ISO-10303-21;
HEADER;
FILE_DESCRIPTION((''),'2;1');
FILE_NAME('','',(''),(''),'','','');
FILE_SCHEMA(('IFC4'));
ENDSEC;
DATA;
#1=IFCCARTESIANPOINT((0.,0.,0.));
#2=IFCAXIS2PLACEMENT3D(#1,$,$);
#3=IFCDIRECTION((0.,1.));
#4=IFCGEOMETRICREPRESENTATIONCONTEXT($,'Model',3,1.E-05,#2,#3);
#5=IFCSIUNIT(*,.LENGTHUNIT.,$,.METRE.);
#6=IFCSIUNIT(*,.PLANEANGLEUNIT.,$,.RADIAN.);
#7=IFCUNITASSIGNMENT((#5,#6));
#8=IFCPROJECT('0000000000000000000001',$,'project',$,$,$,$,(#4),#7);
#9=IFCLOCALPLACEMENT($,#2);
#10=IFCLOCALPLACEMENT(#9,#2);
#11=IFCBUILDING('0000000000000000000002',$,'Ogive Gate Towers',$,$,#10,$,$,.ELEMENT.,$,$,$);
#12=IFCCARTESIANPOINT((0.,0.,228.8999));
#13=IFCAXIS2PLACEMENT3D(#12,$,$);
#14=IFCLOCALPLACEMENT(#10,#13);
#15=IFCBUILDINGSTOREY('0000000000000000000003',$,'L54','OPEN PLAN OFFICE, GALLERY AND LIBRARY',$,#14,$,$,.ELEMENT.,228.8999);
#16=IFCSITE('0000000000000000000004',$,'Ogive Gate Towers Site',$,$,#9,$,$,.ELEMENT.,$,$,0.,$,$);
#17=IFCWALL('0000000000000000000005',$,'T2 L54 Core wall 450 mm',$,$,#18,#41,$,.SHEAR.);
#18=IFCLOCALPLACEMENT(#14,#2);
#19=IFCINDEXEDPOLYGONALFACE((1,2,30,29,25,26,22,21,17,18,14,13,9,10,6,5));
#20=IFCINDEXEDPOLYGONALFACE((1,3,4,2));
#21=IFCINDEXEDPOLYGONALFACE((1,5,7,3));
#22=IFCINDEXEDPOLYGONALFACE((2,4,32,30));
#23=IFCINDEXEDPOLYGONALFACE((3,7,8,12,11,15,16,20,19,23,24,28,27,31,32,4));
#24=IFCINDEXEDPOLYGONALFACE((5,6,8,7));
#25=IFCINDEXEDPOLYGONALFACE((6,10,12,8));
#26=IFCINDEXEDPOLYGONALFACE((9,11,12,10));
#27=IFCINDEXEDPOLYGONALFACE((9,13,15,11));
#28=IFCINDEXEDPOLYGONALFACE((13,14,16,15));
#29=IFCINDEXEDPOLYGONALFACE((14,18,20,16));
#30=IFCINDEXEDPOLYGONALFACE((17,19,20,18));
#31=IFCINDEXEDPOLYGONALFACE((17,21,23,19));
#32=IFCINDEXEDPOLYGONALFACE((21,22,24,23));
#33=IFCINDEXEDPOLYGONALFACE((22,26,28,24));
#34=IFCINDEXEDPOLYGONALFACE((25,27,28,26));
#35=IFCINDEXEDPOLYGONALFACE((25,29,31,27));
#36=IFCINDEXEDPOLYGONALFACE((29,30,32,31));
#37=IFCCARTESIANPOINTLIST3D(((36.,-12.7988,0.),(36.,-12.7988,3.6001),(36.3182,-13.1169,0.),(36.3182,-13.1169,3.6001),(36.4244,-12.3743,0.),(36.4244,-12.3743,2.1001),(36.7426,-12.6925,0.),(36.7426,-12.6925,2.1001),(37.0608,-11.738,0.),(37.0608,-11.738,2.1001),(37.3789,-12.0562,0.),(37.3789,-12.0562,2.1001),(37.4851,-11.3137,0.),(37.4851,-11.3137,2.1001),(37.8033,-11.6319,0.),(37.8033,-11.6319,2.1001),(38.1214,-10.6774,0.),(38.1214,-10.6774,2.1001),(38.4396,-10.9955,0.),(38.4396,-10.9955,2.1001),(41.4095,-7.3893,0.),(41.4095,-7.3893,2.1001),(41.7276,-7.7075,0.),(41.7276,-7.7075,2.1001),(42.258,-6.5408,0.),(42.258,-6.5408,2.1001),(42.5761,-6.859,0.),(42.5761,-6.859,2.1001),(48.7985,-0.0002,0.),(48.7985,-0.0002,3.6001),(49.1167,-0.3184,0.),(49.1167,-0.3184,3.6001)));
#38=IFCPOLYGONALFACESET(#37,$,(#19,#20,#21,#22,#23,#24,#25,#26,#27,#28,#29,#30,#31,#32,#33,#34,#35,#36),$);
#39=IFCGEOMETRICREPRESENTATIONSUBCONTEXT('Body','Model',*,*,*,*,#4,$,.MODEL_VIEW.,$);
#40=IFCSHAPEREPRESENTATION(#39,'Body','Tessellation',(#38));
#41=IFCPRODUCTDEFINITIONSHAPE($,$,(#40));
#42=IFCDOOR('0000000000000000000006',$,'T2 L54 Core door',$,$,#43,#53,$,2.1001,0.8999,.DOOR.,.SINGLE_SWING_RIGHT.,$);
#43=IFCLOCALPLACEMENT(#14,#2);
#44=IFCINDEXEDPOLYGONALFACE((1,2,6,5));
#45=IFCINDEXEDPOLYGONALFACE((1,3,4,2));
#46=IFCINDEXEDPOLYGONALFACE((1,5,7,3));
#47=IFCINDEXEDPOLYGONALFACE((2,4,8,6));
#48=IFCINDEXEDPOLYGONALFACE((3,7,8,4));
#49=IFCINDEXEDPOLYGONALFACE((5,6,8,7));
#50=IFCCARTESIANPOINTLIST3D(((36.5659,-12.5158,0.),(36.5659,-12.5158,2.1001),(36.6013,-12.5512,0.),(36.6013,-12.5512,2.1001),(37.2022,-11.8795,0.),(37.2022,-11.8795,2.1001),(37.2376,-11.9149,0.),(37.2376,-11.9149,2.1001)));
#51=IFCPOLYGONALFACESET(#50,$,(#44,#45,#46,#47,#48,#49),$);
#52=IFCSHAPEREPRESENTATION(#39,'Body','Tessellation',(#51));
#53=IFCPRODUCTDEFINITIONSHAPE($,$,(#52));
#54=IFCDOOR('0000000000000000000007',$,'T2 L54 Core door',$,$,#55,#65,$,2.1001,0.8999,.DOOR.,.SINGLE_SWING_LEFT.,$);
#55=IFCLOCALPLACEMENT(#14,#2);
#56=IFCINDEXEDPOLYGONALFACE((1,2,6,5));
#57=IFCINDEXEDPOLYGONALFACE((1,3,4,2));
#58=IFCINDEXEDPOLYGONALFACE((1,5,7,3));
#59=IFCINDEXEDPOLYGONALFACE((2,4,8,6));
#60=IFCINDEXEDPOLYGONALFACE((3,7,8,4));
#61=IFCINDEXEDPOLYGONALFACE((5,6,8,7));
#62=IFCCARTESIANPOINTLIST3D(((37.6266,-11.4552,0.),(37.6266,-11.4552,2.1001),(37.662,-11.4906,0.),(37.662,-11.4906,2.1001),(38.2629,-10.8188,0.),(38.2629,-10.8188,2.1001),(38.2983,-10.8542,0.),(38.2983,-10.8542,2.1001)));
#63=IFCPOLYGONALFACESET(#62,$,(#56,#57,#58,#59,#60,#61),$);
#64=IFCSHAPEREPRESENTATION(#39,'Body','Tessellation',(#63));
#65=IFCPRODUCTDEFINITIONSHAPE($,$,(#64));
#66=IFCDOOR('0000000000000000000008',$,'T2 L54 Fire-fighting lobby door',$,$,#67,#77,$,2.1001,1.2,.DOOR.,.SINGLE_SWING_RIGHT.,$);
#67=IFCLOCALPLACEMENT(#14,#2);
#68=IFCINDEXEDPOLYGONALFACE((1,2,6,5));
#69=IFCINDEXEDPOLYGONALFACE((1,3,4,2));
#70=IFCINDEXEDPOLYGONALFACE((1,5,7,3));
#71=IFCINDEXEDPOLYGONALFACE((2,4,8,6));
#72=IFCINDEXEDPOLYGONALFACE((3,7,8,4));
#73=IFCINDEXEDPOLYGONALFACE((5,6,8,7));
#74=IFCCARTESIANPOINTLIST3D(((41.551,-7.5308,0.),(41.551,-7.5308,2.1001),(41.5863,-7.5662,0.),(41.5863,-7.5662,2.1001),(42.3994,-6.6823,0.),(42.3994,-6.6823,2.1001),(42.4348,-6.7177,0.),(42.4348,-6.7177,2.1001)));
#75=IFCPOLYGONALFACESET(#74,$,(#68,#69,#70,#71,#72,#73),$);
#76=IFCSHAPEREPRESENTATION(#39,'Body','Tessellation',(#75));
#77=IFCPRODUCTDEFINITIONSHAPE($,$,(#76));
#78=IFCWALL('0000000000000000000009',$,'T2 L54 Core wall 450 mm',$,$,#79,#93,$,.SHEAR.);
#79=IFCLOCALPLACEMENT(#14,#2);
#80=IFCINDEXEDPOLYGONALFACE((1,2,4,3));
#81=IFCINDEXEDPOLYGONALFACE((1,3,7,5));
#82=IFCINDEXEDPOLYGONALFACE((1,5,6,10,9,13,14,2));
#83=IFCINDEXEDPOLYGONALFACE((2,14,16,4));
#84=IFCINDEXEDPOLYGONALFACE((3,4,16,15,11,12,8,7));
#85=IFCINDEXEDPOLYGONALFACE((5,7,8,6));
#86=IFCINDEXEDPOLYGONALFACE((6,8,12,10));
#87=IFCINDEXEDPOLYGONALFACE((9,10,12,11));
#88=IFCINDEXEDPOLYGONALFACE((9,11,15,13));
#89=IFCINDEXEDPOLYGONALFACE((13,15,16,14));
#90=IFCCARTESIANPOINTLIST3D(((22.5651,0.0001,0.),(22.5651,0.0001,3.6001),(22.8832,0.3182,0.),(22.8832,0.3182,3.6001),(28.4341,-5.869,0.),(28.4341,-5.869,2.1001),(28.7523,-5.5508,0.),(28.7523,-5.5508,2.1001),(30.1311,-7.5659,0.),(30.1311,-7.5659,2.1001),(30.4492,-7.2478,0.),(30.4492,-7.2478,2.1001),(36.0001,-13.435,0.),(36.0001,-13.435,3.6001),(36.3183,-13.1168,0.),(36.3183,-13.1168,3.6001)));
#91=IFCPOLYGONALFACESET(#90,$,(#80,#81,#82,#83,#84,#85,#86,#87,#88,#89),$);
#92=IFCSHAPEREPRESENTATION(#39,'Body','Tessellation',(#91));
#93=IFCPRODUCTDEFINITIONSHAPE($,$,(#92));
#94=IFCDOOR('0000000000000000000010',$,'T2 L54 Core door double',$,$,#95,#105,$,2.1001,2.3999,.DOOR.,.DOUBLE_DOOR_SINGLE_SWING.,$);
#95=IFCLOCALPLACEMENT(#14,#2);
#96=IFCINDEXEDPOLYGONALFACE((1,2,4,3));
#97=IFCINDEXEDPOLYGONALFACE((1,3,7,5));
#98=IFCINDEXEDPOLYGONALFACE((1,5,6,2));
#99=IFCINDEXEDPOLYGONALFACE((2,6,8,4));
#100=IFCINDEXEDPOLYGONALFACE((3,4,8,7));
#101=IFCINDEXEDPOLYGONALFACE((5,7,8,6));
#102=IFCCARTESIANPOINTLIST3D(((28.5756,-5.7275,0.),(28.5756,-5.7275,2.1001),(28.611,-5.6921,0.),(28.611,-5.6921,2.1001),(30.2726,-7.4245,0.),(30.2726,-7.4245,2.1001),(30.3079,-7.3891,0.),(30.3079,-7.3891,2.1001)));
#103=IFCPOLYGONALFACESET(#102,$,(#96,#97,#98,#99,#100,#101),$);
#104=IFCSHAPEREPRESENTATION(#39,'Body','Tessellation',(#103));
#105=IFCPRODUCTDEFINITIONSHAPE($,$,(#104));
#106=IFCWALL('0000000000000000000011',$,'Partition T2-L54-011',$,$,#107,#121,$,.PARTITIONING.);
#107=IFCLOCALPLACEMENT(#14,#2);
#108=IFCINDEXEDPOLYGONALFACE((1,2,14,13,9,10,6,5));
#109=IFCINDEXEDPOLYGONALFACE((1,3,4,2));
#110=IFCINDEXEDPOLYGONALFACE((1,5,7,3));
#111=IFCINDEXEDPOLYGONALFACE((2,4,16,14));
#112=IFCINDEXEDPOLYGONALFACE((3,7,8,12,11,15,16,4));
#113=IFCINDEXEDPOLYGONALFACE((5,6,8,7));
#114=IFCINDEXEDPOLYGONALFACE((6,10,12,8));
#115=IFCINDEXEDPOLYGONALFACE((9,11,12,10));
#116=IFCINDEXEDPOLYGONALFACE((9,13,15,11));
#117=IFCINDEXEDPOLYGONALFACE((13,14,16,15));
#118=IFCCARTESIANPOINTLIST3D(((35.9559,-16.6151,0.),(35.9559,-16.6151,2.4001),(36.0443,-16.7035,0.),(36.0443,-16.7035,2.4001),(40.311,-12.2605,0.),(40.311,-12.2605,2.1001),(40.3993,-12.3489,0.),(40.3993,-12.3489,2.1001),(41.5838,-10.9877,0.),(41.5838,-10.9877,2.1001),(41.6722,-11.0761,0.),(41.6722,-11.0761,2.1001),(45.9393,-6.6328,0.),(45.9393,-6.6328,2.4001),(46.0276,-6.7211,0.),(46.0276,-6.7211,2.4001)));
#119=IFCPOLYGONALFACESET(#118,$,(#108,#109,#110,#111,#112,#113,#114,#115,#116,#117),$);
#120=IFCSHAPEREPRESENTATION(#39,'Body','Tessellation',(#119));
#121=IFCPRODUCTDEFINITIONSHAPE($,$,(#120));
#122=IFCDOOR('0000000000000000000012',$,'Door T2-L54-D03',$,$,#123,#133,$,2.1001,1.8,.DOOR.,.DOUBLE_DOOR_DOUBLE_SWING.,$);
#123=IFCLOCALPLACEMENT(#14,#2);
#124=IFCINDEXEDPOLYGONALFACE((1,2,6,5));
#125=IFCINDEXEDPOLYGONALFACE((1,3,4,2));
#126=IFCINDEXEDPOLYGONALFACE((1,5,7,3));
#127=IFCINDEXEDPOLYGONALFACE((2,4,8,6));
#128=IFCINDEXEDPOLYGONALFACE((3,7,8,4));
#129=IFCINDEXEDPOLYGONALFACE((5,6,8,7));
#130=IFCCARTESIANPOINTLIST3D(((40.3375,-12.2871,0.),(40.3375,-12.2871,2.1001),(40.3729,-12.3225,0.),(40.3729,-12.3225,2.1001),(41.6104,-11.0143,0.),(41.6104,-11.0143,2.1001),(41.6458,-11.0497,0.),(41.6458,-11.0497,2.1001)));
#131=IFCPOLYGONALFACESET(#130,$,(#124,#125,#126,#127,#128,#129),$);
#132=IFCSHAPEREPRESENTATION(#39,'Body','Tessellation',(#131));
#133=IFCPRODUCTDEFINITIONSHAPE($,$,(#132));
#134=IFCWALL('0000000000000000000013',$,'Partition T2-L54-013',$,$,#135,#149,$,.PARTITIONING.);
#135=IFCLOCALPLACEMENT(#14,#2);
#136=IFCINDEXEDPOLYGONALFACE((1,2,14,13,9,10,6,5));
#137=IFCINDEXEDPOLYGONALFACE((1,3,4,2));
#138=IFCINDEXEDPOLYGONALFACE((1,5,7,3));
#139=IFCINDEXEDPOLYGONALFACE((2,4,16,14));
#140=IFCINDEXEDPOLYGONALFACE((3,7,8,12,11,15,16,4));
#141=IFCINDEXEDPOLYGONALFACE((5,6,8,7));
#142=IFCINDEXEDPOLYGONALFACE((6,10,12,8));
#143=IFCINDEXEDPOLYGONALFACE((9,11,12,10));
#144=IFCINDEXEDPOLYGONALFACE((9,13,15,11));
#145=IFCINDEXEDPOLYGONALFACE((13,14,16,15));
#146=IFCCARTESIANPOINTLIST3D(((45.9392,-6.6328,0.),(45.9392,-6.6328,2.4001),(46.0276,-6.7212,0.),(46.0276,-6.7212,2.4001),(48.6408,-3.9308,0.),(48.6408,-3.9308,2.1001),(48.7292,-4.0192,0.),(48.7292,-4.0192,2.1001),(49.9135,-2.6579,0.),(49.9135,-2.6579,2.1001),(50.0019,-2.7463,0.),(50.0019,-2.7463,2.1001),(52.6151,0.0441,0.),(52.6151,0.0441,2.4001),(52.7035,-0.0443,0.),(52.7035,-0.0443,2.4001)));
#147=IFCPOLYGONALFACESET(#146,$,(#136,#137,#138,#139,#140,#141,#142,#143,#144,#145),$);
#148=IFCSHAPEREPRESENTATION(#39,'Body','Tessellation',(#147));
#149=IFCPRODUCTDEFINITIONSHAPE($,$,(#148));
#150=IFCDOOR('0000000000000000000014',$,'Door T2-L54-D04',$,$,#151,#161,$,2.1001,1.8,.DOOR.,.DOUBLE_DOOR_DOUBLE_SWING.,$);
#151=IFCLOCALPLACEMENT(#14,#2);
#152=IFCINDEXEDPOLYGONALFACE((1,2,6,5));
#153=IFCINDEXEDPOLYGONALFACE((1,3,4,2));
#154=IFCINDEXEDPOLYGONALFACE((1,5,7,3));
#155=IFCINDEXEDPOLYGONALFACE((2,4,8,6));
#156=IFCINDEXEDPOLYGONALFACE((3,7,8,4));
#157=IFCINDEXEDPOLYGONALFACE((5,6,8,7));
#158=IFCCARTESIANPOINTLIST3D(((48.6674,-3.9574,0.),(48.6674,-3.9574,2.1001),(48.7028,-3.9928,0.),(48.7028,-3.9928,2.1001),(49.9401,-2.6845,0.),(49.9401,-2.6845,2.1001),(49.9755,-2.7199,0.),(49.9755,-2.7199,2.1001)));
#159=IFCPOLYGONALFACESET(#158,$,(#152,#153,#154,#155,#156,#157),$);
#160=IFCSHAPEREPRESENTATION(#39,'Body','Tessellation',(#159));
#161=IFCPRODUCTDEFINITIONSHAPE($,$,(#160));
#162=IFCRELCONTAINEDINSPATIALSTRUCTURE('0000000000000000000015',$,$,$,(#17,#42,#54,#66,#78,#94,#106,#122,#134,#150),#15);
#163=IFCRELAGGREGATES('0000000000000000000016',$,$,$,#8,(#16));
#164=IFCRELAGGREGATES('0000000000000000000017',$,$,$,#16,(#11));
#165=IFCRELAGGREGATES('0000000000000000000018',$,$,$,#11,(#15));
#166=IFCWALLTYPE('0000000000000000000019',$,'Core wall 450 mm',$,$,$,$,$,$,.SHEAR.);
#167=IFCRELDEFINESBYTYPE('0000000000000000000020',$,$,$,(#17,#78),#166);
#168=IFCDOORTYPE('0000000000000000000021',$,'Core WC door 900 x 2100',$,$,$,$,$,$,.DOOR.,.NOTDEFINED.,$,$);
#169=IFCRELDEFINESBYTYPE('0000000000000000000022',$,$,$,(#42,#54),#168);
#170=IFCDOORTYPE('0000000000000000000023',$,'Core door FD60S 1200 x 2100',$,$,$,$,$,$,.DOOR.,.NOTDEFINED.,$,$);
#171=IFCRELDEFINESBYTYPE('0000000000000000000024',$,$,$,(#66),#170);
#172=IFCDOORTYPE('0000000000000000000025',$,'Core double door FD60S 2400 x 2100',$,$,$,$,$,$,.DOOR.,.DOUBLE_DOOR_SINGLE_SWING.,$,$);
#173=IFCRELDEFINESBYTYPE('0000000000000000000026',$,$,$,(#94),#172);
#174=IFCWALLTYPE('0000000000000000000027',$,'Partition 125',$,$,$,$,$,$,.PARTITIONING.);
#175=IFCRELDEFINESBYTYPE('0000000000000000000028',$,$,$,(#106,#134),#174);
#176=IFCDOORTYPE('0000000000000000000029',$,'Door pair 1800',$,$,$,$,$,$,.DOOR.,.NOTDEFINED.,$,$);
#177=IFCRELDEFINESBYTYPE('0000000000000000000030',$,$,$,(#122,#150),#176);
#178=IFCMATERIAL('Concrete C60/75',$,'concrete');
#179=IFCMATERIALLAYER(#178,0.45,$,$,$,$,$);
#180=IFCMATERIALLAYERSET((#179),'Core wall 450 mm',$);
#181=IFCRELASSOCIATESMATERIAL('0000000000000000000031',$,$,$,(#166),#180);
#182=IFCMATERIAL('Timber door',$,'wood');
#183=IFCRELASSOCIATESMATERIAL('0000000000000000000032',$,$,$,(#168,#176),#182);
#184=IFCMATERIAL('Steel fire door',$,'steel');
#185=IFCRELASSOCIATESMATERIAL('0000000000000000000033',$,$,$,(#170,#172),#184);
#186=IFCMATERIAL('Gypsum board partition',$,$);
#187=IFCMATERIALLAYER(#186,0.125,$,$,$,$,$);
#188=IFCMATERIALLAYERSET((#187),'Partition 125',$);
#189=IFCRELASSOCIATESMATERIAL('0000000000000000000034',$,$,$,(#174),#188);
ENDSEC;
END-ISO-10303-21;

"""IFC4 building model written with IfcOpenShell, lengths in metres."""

from ifc_helpers import new_model, si_unit, direction, frame, frame_2d, origin, place, context, subcontext, project, spatial, rectangle, extrude, material, layer, layer_set, type_object, element, fill, save


model = new_model("IFC4")

# Units and contexts
model_context = context("Model", 3, precision=1e-05, world=origin(), true_north=direction((0.0, 1.0)))
body_context = subcontext(model_context, "Body", "Model", "MODEL_VIEW")
ifc_project = project(units=[si_unit("LENGTHUNIT", "METRE"), si_unit("PLANEANGLEUNIT", "RADIAN")], contexts=[model_context])

# Site, building, storey
site_placement = place(None, origin())
site = spatial("IfcSite", under=ifc_project, at=site_placement, Name="Ogive Gate Towers Site", CompositionType="ELEMENT", RefElevation=0.0)
building_placement = place(site_placement, origin())
building = spatial("IfcBuilding", under=site, at=building_placement, Name="Ogive Gate Towers", CompositionType="ELEMENT")
storey_placement = place(building_placement, frame((0.0, 0.0, 228.8999)))
storey = spatial("IfcBuildingStorey", under=building, at=storey_placement, Name="L54", Description="OPEN PLAN OFFICE, GALLERY AND LIBRARY", CompositionType="ELEMENT", Elevation=228.8999)

# Wall, openings, doors
ifc_material_1 = material(Name="Concrete C60/75", Category="concrete")
ifc_layer_1 = layer(ifc_material_1, 0.45)
ifc_layer_set_1 = layer_set([ifc_layer_1], Name="Core wall 450 mm")
wall_type_1 = type_object("IfcWallType", Name="Core wall 450 mm", PredefinedType="SHEAR", material=ifc_layer_set_1)
wall_1_placement = place(storey_placement, frame((36.1592, -12.9578, 0.0), z_axis=(0.0, 0.0, 1.0), x_axis=(0.707107, 0.707107, 0.0)))
wall_1 = element("IfcWall", 1, at=wall_1_placement, inside=storey, type_object=wall_type_1, Name="T2 L54 Core wall 450 mm", PredefinedType="SHEAR", context=body_context, shape_type="SweptSolid", body=[
    extrude(rectangle(XDim=18.0999, YDim=0.45, at=frame_2d((9.0498, 0.0))), origin(), (0.0, 0.0, 1.0), 3.6001),
])
opening_1_placement = place(wall_1_placement, frame((7.6499, 0.0, 0.0)))
opening_1 = element("IfcOpeningElement", 2, at=opening_1_placement, cuts=wall_1, PredefinedType="OPENING", context=body_context, shape_type="SweptSolid", body=[
    extrude(rectangle(XDim=1.2, YDim=2.1001, at=frame_2d((0.6001, 1.05))), frame((0.0, 0.2349, 0.0), z_axis=(0.0, -1.0, 0.0), x_axis=(1.0, 0.0, 0.0)), (0.0, 0.0, 1.0), 0.47),
])
opening_2_placement = place(wall_1_placement, frame((0.6001, 0.0, 0.0)))
opening_2 = element("IfcOpeningElement", 3, at=opening_2_placement, cuts=wall_1, PredefinedType="OPENING", context=body_context, shape_type="SweptSolid", body=[
    extrude(rectangle(XDim=0.8999, YDim=2.1001, at=frame_2d((0.45, 1.05))), frame((0.0, 0.2349, 0.0), z_axis=(0.0, -1.0, 0.0), x_axis=(1.0, 0.0, 0.0)), (0.0, 0.0, 1.0), 0.47),
])
opening_3_placement = place(wall_1_placement, frame((2.1001, 0.0, 0.0)))
opening_3 = element("IfcOpeningElement", 4, at=opening_3_placement, cuts=wall_1, PredefinedType="OPENING", context=body_context, shape_type="SweptSolid", body=[
    extrude(rectangle(XDim=0.8999, YDim=2.1001, at=frame_2d((0.45, 1.05))), frame((0.0, 0.2349, 0.0), z_axis=(0.0, -1.0, 0.0), x_axis=(1.0, 0.0, 0.0)), (0.0, 0.0, 1.0), 0.47),
])
ifc_material_2 = material(Name="Timber door", Category="wood")
door_type_1 = type_object("IfcDoorType", Name="Core WC door 900 x 2100", OperationType="NOTDEFINED", PredefinedType="DOOR", material=ifc_material_2)
door_1_placement = place(opening_2_placement, origin())
door_1 = element("IfcDoor", 5, at=door_1_placement, inside=storey, type_object=door_type_1, Name="T2 L54 Core door", OperationType="SINGLE_SWING_RIGHT", OverallHeight=2.1001, OverallWidth=0.8999, PredefinedType="DOOR", context=body_context, shape_type="SweptSolid", body=[
    extrude(rectangle(XDim=0.8999, YDim=2.1001, at=frame_2d((0.45, 1.05))), frame((0.0, 0.0249, 0.0), z_axis=(0.0, -1.0, 0.0), x_axis=(1.0, 0.0, 0.0)), (0.0, 0.0, 1.0), 0.05),
])
fill(opening_2, door_1)
door_2_placement = place(opening_3_placement, origin())
door_2 = element("IfcDoor", 6, at=door_2_placement, inside=storey, type_object=door_type_1, Name="T2 L54 Core door", OperationType="SINGLE_SWING_LEFT", OverallHeight=2.1001, OverallWidth=0.8999, PredefinedType="DOOR", context=body_context, shape_type="SweptSolid", body=[
    extrude(rectangle(XDim=0.8999, YDim=2.1001, at=frame_2d((0.45, 1.05))), frame((0.0, 0.0249, 0.0), z_axis=(0.0, -1.0, 0.0), x_axis=(1.0, 0.0, 0.0)), (0.0, 0.0, 1.0), 0.05),
])
fill(opening_3, door_2)
ifc_material_3 = material(Name="Steel fire door", Category="steel")
door_type_2 = type_object("IfcDoorType", Name="Core door FD60S 1200 x 2100", OperationType="NOTDEFINED", PredefinedType="DOOR", material=ifc_material_3)
door_3_placement = place(opening_1_placement, origin())
door_3 = element("IfcDoor", 7, at=door_3_placement, inside=storey, type_object=door_type_2, Name="T2 L54 Fire-fighting lobby door", OperationType="SINGLE_SWING_RIGHT", OverallHeight=2.1001, OverallWidth=1.2, PredefinedType="DOOR", context=body_context, shape_type="SweptSolid", body=[
    extrude(rectangle(XDim=1.2, YDim=2.1001, at=frame_2d((0.6001, 1.05))), frame((0.0, 0.0249, 0.0), z_axis=(0.0, -1.0, 0.0), x_axis=(1.0, 0.0, 0.0)), (0.0, 0.0, 1.0), 0.05),
])
fill(opening_1, door_3)

# Walls, openings, doors
wall_2_placement = place(storey_placement, frame((36.1592, -13.2759, 0.0), z_axis=(0.0, 0.0, 1.0), x_axis=(-0.707107, 0.707107, 0.0)))
wall_2 = element("IfcWall", 8, at=wall_2_placement, inside=storey, type_object=wall_type_1, Name="T2 L54 Core wall 450 mm", PredefinedType="SHEAR", context=body_context, shape_type="SweptSolid", body=[
    extrude(rectangle(XDim=19.0, YDim=0.45, at=frame_2d((9.5, 0.0))), origin(), (0.0, 0.0, 1.0), 3.6001),
])
opening_4_placement = place(wall_2_placement, frame((8.3, 0.0, 0.0)))
opening_4 = element("IfcOpeningElement", 9, at=opening_4_placement, cuts=wall_2, PredefinedType="OPENING", context=body_context, shape_type="SweptSolid", body=[
    extrude(rectangle(XDim=2.3999, YDim=2.1001, at=frame_2d((1.2, 1.05))), frame((0.0, 0.2349, 0.0), z_axis=(0.0, -1.0, 0.0), x_axis=(1.0, 0.0, 0.0)), (0.0, 0.0, 1.0), 0.47),
])
door_type_3 = type_object("IfcDoorType", Name="Core double door FD60S 2400 x 2100", OperationType="DOUBLE_DOOR_SINGLE_SWING", PredefinedType="DOOR", material=ifc_material_3)
door_4_placement = place(opening_4_placement, origin())
door_4 = element("IfcDoor", 10, at=door_4_placement, inside=storey, type_object=door_type_3, Name="T2 L54 Core door double", OperationType="DOUBLE_DOOR_SINGLE_SWING", OverallHeight=2.1001, OverallWidth=2.3999, PredefinedType="DOOR", context=body_context, shape_type="SweptSolid", body=[
    extrude(rectangle(XDim=2.3999, YDim=2.1001, at=frame_2d((1.2, 1.05))), frame((0.0, 0.0249, 0.0), z_axis=(0.0, -1.0, 0.0), x_axis=(1.0, 0.0, 0.0)), (0.0, 0.0, 1.0), 0.05),
])
fill(opening_4, door_4)
ifc_material_4 = material(Name="Gypsum board partition")
ifc_layer_2 = layer(ifc_material_4, 0.125)
ifc_layer_set_2 = layer_set([ifc_layer_2], Name="Partition 125")
wall_type_2 = type_object("IfcWallType", Name="Partition 125", PredefinedType="PARTITIONING", material=ifc_layer_set_2)
wall_3_placement = place(storey_placement, frame((36.0, -16.6594, 0.0), z_axis=(0.0, 0.0, 1.0), x_axis=(0.707141, 0.707072, 0.0)))
wall_3 = element("IfcWall", 11, at=wall_3_placement, inside=storey, type_object=wall_type_2, Name="Partition T2-L54-011", PredefinedType="PARTITIONING", context=body_context, shape_type="SweptSolid", body=[
    extrude(rectangle(XDim=14.1179, YDim=0.125, at=frame_2d((7.0591, 0.0))), origin(), (0.0, 0.0, 1.0), 2.4001),
])
opening_5_placement = place(wall_3_placement, frame((6.1589, 0.0, 0.0)))
opening_5 = element("IfcOpeningElement", 12, at=opening_5_placement, cuts=wall_3, PredefinedType="OPENING", context=body_context, shape_type="SweptSolid", body=[
    extrude(rectangle(XDim=1.8, YDim=2.1001, at=frame_2d((0.8999, 1.05))), frame((0.0, 0.0725, 0.0), z_axis=(0.0, -1.0, 0.0), x_axis=(1.0, 0.0, 0.0)), (0.0, 0.0, 1.0), 0.145),
])
door_type_4 = type_object("IfcDoorType", Name="Door pair 1800", OperationType="NOTDEFINED", PredefinedType="DOOR", material=ifc_material_2)
door_5_placement = place(opening_5_placement, origin())
door_5 = element("IfcDoor", 13, at=door_5_placement, inside=storey, type_object=door_type_4, Name="Door T2-L54-D03", OperationType="DOUBLE_DOOR_DOUBLE_SWING", OverallHeight=2.1001, OverallWidth=1.8, PredefinedType="DOOR", context=body_context, shape_type="SweptSolid", body=[
    extrude(rectangle(XDim=1.8, YDim=2.1001, at=frame_2d((0.8999, 1.05))), frame((0.0, 0.0249, 0.0), z_axis=(0.0, -1.0, 0.0), x_axis=(1.0, 0.0, 0.0)), (0.0, 0.0, 1.0), 0.05),
])
fill(opening_5, door_5)
wall_4_placement = place(storey_placement, frame((45.9834, -6.677, 0.0), z_axis=(0.0, 0.0, 1.0), x_axis=(0.707055, 0.707158, 0.0)))
wall_4 = element("IfcWall", 14, at=wall_4_placement, inside=storey, type_object=wall_type_2, Name="Partition T2-L54-013", PredefinedType="PARTITIONING", context=body_context, shape_type="SweptSolid", body=[
    extrude(rectangle(XDim=9.4419, YDim=0.125, at=frame_2d((4.7209, 0.0))), origin(), (0.0, 0.0, 1.0), 2.4001),
])
opening_6_placement = place(wall_4_placement, frame((3.821, 0.0, 0.0)))
opening_6 = element("IfcOpeningElement", 15, at=opening_6_placement, cuts=wall_4, PredefinedType="OPENING", context=body_context, shape_type="SweptSolid", body=[
    extrude(rectangle(XDim=1.8, YDim=2.1001, at=frame_2d((0.8999, 1.05))), frame((0.0, 0.0725, 0.0), z_axis=(0.0, -1.0, 0.0), x_axis=(1.0, 0.0, 0.0)), (0.0, 0.0, 1.0), 0.145),
])
door_6_placement = place(opening_6_placement, origin())
door_6 = element("IfcDoor", 16, at=door_6_placement, inside=storey, type_object=door_type_4, Name="Door T2-L54-D04", OperationType="DOUBLE_DOOR_DOUBLE_SWING", OverallHeight=2.1001, OverallWidth=1.8, PredefinedType="DOOR", context=body_context, shape_type="SweptSolid", body=[
    extrude(rectangle(XDim=1.8, YDim=2.1001, at=frame_2d((0.8999, 1.05))), frame((0.0, 0.0249, 0.0), z_axis=(0.0, -1.0, 0.0), x_axis=(1.0, 0.0, 0.0)), (0.0, 0.0, 1.0), 0.05),
])
fill(opening_6, door_6)

save(model, "model.ifc")
